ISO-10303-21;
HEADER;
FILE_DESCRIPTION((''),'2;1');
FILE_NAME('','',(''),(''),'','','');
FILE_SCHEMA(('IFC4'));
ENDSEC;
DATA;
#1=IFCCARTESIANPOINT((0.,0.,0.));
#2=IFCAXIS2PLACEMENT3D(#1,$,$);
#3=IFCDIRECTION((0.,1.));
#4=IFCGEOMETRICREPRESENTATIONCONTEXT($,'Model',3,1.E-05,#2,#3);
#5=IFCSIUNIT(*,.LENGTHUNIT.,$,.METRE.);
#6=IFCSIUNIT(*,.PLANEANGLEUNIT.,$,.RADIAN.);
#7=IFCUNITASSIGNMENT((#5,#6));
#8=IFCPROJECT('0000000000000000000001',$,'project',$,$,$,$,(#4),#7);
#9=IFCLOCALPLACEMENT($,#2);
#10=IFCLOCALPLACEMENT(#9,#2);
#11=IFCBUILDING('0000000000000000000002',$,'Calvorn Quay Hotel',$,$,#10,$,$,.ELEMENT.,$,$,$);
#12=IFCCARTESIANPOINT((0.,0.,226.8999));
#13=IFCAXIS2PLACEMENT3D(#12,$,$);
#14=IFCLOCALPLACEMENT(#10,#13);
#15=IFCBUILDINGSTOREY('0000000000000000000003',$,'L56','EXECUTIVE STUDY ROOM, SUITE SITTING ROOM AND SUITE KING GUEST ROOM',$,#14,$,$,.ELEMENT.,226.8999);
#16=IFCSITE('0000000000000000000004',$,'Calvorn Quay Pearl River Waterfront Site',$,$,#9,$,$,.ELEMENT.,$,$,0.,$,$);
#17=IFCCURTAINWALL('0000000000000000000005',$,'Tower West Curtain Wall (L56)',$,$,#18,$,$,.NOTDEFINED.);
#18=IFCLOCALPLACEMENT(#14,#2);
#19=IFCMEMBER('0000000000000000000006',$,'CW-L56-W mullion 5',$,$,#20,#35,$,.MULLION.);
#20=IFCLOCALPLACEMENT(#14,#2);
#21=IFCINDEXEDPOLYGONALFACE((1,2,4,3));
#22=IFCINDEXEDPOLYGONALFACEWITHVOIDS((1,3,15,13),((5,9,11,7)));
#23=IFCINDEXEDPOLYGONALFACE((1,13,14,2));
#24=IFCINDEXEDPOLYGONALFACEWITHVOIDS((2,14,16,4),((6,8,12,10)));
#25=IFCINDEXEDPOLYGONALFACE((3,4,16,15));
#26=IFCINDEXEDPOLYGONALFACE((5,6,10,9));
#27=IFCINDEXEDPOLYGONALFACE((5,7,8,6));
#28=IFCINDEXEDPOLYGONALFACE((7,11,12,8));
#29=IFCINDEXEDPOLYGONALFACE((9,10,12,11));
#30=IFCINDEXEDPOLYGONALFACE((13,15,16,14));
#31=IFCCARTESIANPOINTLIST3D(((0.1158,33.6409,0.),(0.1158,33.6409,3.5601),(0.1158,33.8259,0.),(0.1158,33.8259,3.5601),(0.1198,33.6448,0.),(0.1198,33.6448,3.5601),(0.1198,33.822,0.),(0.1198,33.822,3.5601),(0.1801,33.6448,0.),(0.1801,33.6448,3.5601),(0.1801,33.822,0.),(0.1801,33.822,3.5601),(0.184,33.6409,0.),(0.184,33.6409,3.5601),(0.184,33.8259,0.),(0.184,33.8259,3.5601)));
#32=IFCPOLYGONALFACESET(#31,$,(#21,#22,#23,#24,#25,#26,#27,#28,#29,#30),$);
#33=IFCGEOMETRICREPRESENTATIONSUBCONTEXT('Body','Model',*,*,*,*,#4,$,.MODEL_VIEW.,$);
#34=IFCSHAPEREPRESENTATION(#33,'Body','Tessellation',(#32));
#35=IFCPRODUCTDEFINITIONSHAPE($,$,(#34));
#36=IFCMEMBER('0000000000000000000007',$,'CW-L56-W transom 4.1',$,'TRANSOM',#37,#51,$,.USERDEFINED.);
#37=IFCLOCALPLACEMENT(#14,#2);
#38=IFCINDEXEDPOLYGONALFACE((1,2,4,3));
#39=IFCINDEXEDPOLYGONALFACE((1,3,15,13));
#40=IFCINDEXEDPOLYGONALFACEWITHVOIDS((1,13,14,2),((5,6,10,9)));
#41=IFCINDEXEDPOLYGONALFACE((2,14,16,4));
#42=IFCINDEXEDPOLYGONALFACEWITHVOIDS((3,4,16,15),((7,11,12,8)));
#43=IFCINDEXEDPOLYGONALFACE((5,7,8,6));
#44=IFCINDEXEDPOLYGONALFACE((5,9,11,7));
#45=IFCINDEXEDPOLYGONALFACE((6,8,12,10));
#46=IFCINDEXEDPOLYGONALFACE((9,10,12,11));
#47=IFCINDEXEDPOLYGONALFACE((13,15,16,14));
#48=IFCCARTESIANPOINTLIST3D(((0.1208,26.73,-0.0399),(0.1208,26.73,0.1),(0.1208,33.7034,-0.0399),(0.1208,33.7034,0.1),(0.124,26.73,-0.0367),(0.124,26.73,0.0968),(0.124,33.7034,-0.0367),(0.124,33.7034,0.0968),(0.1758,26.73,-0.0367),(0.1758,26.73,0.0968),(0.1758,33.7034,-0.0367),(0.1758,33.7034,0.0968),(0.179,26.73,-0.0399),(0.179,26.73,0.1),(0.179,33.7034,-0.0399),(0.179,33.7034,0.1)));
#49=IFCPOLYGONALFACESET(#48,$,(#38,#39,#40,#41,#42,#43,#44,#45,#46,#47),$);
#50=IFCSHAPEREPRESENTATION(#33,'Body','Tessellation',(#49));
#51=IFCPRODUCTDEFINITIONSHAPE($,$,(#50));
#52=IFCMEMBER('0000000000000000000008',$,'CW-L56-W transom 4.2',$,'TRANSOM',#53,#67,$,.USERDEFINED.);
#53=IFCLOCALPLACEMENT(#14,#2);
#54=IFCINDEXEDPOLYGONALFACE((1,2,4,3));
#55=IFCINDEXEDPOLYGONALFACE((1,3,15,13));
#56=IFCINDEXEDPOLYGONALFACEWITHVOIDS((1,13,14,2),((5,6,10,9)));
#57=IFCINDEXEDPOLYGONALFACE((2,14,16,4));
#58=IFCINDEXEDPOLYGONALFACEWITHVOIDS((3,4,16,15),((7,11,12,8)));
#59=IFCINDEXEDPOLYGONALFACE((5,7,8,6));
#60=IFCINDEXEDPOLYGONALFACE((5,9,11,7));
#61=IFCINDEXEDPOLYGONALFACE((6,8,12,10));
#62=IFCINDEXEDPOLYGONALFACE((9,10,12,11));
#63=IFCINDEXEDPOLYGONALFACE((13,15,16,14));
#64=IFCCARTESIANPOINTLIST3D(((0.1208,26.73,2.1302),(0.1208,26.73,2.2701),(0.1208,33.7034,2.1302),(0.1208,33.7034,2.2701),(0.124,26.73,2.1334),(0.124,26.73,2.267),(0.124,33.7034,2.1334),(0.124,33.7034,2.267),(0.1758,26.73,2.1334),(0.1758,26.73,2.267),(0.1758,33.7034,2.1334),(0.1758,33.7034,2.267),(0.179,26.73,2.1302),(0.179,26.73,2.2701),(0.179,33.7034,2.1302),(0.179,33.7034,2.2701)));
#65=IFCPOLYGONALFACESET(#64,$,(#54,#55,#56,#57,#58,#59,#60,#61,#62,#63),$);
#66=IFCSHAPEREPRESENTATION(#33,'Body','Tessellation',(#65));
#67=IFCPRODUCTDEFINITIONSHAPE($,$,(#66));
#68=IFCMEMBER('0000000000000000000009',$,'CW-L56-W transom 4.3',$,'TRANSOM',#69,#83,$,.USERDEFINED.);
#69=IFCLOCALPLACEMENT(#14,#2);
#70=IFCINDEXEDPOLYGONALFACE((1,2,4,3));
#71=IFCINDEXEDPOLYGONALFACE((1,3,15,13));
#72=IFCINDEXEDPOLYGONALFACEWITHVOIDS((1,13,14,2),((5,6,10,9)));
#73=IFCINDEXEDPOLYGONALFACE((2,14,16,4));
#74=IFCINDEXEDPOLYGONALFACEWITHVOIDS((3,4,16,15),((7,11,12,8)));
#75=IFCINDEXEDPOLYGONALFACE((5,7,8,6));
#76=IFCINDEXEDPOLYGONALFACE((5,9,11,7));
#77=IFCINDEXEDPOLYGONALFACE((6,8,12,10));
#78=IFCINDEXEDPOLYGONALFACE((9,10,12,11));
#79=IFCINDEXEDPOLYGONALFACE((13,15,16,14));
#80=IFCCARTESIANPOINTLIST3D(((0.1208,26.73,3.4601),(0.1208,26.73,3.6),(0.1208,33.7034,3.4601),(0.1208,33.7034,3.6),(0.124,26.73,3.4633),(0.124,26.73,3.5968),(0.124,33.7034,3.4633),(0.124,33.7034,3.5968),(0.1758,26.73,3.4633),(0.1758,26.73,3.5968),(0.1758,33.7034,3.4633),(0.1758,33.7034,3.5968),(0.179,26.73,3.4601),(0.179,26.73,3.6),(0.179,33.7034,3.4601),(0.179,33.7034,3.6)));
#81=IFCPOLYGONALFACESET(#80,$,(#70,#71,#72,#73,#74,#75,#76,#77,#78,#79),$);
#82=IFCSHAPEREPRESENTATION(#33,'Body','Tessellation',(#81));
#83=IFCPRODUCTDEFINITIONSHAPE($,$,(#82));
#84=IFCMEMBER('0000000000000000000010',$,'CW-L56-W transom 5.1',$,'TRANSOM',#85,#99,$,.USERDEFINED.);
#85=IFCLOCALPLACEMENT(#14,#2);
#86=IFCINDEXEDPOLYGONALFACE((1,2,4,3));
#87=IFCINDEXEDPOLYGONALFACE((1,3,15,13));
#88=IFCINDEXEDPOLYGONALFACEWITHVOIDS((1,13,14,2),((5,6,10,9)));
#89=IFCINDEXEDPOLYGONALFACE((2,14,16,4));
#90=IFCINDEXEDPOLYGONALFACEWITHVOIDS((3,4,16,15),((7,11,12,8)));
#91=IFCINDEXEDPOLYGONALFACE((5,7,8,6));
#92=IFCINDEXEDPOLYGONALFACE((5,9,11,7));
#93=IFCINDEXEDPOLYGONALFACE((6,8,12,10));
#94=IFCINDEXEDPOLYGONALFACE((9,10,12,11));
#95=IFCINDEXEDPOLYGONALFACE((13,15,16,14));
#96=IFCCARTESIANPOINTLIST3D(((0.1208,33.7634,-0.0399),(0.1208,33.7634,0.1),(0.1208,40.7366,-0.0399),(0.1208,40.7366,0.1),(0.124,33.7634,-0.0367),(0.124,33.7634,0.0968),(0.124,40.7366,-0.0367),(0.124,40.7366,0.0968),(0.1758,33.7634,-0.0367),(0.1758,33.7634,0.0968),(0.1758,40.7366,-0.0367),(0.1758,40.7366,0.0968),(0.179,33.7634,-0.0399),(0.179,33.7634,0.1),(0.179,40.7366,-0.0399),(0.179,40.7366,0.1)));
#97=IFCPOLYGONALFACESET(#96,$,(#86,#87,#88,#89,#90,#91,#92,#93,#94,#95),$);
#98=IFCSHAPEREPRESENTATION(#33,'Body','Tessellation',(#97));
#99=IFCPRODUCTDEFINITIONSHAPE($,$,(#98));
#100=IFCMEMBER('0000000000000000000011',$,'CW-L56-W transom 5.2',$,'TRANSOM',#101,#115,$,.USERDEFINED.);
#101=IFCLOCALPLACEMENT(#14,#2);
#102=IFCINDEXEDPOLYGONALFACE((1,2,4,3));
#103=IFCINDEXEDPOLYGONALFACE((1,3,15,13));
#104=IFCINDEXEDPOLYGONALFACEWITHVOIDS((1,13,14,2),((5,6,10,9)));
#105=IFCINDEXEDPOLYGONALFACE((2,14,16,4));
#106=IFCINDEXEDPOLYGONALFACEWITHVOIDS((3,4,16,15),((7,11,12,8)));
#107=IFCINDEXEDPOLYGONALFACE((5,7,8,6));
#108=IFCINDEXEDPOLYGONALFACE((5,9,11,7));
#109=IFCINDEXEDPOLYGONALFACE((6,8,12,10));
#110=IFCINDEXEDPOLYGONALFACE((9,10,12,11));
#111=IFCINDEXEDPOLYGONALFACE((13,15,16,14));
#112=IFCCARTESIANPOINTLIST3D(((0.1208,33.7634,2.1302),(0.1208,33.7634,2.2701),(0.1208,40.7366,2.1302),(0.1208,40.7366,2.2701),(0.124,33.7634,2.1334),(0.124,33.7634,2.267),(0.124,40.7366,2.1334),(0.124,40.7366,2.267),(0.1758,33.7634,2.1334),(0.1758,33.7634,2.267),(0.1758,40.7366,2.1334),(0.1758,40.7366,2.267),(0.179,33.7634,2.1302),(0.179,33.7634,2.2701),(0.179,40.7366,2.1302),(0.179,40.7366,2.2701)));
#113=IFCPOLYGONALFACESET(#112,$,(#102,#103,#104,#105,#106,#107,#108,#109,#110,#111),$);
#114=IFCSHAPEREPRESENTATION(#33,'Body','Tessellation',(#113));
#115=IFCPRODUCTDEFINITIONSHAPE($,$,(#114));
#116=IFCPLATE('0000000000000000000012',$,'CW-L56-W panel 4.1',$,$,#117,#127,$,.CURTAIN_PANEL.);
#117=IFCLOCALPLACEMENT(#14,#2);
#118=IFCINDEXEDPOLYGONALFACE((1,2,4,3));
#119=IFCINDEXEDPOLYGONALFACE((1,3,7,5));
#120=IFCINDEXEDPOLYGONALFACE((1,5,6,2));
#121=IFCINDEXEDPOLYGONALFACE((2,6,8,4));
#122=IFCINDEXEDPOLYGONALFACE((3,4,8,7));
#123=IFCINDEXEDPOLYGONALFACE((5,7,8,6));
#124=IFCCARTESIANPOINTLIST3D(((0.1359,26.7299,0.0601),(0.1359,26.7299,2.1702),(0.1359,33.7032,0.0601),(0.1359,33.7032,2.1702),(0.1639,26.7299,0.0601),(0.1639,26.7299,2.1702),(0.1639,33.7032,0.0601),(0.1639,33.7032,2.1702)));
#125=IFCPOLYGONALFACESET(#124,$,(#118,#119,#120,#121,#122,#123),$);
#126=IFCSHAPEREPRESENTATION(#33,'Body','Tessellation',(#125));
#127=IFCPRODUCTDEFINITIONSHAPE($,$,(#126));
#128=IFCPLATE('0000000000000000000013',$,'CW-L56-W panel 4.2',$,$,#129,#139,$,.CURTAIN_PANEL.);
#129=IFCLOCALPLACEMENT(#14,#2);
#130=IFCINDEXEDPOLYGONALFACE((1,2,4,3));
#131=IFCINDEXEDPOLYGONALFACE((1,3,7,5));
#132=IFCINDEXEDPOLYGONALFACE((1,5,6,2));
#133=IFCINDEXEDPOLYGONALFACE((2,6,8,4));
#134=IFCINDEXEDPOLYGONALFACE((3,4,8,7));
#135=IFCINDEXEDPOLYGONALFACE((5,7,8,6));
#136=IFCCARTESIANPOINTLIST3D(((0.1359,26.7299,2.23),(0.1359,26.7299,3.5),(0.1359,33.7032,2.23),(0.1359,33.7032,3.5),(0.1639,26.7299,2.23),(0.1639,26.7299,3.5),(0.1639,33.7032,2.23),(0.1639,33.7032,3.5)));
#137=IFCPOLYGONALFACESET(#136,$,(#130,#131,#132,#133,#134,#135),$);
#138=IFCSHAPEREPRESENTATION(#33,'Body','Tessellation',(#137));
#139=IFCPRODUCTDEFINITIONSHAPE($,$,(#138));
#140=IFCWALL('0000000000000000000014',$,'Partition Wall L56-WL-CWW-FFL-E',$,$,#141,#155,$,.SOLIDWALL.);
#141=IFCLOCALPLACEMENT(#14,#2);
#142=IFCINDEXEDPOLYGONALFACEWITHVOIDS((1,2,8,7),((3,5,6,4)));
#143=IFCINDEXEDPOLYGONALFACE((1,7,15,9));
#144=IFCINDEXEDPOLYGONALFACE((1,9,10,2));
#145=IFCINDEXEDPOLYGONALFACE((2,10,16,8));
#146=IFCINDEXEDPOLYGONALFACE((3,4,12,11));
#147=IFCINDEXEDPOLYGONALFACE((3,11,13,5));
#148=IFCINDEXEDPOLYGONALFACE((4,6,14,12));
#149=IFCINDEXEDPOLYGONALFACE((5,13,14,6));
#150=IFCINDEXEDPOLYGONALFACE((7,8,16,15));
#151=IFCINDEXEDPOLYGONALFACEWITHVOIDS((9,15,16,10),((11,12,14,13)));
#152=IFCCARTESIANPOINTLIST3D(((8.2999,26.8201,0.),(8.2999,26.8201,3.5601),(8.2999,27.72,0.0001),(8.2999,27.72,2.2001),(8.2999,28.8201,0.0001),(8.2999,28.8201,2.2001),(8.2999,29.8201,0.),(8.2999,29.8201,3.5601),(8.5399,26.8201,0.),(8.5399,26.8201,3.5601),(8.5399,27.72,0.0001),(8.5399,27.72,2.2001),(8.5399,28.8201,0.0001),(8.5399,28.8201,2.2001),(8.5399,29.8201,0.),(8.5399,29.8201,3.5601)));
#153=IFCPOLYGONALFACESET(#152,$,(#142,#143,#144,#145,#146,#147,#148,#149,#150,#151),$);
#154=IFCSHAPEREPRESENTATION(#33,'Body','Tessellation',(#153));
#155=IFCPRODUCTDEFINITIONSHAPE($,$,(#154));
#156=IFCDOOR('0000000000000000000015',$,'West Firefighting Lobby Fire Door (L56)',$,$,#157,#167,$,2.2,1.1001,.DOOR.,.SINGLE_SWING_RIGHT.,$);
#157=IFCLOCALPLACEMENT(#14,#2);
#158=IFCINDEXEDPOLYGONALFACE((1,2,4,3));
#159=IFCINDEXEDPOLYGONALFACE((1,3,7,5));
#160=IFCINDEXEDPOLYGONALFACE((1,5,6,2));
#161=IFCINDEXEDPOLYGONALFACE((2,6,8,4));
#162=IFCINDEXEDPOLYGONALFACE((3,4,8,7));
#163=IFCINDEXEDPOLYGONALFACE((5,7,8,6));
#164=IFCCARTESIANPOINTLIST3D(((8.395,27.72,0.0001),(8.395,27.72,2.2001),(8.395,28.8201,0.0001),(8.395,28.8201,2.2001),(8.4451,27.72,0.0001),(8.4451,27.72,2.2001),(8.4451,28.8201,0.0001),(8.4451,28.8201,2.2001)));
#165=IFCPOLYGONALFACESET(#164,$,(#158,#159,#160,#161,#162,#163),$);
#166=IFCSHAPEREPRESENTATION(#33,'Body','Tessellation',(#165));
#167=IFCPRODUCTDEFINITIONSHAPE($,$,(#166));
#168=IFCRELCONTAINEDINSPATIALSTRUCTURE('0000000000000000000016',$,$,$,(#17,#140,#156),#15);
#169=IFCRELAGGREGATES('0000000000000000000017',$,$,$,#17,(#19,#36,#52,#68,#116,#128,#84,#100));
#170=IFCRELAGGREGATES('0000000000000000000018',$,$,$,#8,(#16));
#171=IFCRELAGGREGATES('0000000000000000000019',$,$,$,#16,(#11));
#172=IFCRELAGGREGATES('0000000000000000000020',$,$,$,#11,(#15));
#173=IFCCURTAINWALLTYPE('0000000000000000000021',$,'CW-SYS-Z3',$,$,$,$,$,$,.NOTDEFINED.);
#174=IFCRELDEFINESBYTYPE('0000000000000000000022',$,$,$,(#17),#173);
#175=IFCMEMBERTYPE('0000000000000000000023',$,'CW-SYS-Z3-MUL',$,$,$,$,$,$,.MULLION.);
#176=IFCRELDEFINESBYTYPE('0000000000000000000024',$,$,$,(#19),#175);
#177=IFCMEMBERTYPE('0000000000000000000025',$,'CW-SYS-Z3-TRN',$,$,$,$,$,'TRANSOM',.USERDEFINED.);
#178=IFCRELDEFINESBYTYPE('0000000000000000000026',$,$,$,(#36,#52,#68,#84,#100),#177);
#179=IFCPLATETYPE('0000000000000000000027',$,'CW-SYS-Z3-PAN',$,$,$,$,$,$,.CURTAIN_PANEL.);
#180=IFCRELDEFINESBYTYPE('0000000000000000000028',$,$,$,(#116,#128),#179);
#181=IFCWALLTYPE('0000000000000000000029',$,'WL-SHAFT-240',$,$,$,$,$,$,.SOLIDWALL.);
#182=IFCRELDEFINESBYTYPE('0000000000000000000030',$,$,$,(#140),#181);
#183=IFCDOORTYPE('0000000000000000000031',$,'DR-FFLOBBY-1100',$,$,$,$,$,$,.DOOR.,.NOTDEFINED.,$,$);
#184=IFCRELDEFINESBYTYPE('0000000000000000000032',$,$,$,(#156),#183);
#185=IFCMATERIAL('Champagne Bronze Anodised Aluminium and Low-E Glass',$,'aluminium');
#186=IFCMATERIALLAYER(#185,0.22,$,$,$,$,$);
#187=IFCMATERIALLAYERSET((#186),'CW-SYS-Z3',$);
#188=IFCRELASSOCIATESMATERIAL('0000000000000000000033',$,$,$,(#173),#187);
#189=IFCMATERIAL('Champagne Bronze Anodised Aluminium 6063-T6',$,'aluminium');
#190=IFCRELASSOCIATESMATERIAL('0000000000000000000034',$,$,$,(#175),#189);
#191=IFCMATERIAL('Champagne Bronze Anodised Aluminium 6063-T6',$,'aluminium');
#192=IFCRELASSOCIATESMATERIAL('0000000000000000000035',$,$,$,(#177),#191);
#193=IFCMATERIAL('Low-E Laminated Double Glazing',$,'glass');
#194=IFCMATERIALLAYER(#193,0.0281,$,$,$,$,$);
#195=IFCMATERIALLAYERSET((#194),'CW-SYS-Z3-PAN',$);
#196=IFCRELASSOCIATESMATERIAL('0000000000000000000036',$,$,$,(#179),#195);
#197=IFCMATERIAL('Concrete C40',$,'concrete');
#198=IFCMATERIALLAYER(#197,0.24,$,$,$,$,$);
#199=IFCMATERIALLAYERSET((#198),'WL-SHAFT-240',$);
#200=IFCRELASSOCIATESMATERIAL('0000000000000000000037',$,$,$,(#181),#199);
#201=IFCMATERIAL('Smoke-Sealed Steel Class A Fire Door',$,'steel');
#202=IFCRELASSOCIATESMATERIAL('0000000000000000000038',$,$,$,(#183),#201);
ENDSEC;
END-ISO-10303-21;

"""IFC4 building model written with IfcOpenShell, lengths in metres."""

from ifc_helpers import new_model, si_unit, direction, frame, frame_2d, origin, origin_2d, place, context, subcontext, project, spatial, rectangle, hollow_rectangle, extrude, material, layer, layer_set, material_profile, profile_set, type_object, element, fill, aggregate, save


model = new_model("IFC4")

# Units and contexts
model_context = context("Model", 3, precision=1e-05, world=origin(), true_north=direction((0.0, 1.0)))
body_context = subcontext(model_context, "Body", "Model", "MODEL_VIEW")
ifc_project = project(units=[si_unit("LENGTHUNIT", "METRE"), si_unit("PLANEANGLEUNIT", "RADIAN")], contexts=[model_context])

# Site, building, storey
site_placement = place(None, origin())
site = spatial("IfcSite", under=ifc_project, at=site_placement, Name="Calvorn Quay Pearl River Waterfront Site", CompositionType="ELEMENT", RefElevation=0.0)
building_placement = place(site_placement, origin())
building = spatial("IfcBuilding", under=site, at=building_placement, Name="Calvorn Quay Hotel", CompositionType="ELEMENT")
storey_placement = place(building_placement, frame((0.0, 0.0, 226.8999)))
storey = spatial("IfcBuildingStorey", under=building, at=storey_placement, Name="L56", Description="EXECUTIVE STUDY ROOM, SUITE SITTING ROOM AND SUITE KING GUEST ROOM", CompositionType="ELEMENT", Elevation=226.8999)

# Curtain wall, members, plates
ifc_material_1 = material(Name="Champagne Bronze Anodised Aluminium and Low-E Glass", Category="aluminium")
ifc_layer_1 = layer(ifc_material_1, 0.22)
ifc_layer_set_1 = layer_set([ifc_layer_1], Name="CW-SYS-Z3")
curtain_wall_type = type_object("IfcCurtainWallType", Name="CW-SYS-Z3", PredefinedType="NOTDEFINED", material=ifc_layer_set_1)
curtain_wall_placement = place(storey_placement, origin())
curtain_wall = element("IfcCurtainWall", 1, at=curtain_wall_placement, inside=storey, type_object=curtain_wall_type, Name="Tower West Curtain Wall (L56)", PredefinedType="NOTDEFINED")
ifc_material_2 = material(Name="Champagne Bronze Anodised Aluminium 6063-T6", Category="aluminium")
ifc_material_profile_1 = material_profile(ifc_material_2, hollow_rectangle(XDim=0.0681, YDim=0.1851, WallThickness=0.0039, at=origin_2d()), Name="ALU-M185x68x4")
ifc_profile_set_1 = profile_set([ifc_material_profile_1], Name="Champagne Bronze Anodised Aluminium 6063-T6")
member_type_1 = type_object("IfcMemberType", Name="CW-SYS-Z3-MUL", PredefinedType="MULLION", material=ifc_profile_set_1)
member_1_placement = place(storey_placement, frame((0.1499, 33.7334, 0.0), z_axis=(0.0, 0.0, 1.0), x_axis=(-1.0, 0.0, 0.0)))
member_1 = element("IfcMember", 2, at=member_1_placement, type_object=member_type_1, Name="CW-L56-W mullion 5", PredefinedType="MULLION", context=body_context, shape_type="SweptSolid", body=[
    extrude(hollow_rectangle(XDim=0.0681, YDim=0.1851, WallThickness=0.0039, at=origin_2d()), origin(), (0.0, 0.0, 1.0), 3.5601),
])
ifc_material_3 = material(Name="Champagne Bronze Anodised Aluminium 6063-T6", Category="aluminium")
ifc_material_profile_2 = material_profile(ifc_material_3, hollow_rectangle(XDim=0.0581, YDim=0.1399, WallThickness=0.0032, at=origin_2d()), Name="ALU-T140x58x3.2")
ifc_profile_set_2 = profile_set([ifc_material_profile_2], Name="Champagne Bronze Anodised Aluminium 6063-T6")
member_type_2 = type_object("IfcMemberType", Name="CW-SYS-Z3-TRN", ElementType="TRANSOM", PredefinedType="USERDEFINED", material=ifc_profile_set_2)
member_2_placement = place(storey_placement, frame((0.1499, 26.73, 0.03), z_axis=(0.0, 1.0, 0.0), x_axis=(-1.0, 0.0, 0.0)))
member_2 = element("IfcMember", 3, at=member_2_placement, type_object=member_type_2, Name="CW-L56-W transom 4.1", ObjectType="TRANSOM", PredefinedType="USERDEFINED", context=body_context, shape_type="SweptSolid", body=[
    extrude(hollow_rectangle(XDim=0.0581, YDim=0.1399, WallThickness=0.0032, at=origin_2d()), origin(), (0.0, 0.0, 1.0), 6.9734),
])
member_3_placement = place(storey_placement, frame((0.1499, 26.73, 2.2002), z_axis=(0.0, 1.0, 0.0), x_axis=(-1.0, 0.0, 0.0)))
member_3 = element("IfcMember", 4, at=member_3_placement, type_object=member_type_2, Name="CW-L56-W transom 4.2", ObjectType="TRANSOM", PredefinedType="USERDEFINED", context=body_context, shape_type="SweptSolid", body=[
    extrude(hollow_rectangle(XDim=0.0581, YDim=0.1399, WallThickness=0.0032, at=origin_2d()), origin(), (0.0, 0.0, 1.0), 6.9734),
])
member_4_placement = place(storey_placement, frame((0.1499, 26.73, 3.53), z_axis=(0.0, 1.0, 0.0), x_axis=(-1.0, 0.0, 0.0)))
member_4 = element("IfcMember", 5, at=member_4_placement, type_object=member_type_2, Name="CW-L56-W transom 4.3", ObjectType="TRANSOM", PredefinedType="USERDEFINED", context=body_context, shape_type="SweptSolid", body=[
    extrude(hollow_rectangle(XDim=0.0581, YDim=0.1399, WallThickness=0.0032, at=origin_2d()), origin(), (0.0, 0.0, 1.0), 6.9734),
])
member_5_placement = place(storey_placement, frame((0.1499, 33.7634, 0.03), z_axis=(0.0, 1.0, 0.0), x_axis=(-1.0, 0.0, 0.0)))
member_5 = element("IfcMember", 6, at=member_5_placement, type_object=member_type_2, Name="CW-L56-W transom 5.1", ObjectType="TRANSOM", PredefinedType="USERDEFINED", context=body_context, shape_type="SweptSolid", body=[
    extrude(hollow_rectangle(XDim=0.0581, YDim=0.1399, WallThickness=0.0032, at=origin_2d()), origin(), (0.0, 0.0, 1.0), 6.9731),
])
member_6_placement = place(storey_placement, frame((0.1499, 33.7634, 2.2002), z_axis=(0.0, 1.0, 0.0), x_axis=(-1.0, 0.0, 0.0)))
member_6 = element("IfcMember", 7, at=member_6_placement, type_object=member_type_2, Name="CW-L56-W transom 5.2", ObjectType="TRANSOM", PredefinedType="USERDEFINED", context=body_context, shape_type="SweptSolid", body=[
    extrude(hollow_rectangle(XDim=0.0581, YDim=0.1399, WallThickness=0.0032, at=origin_2d()), origin(), (0.0, 0.0, 1.0), 6.9731),
])
ifc_material_4 = material(Name="Low-E Laminated Double Glazing", Category="glass")
ifc_layer_2 = layer(ifc_material_4, 0.0281)
ifc_layer_set_2 = layer_set([ifc_layer_2], Name="CW-SYS-Z3-PAN")
plate_type = type_object("IfcPlateType", Name="CW-SYS-Z3-PAN", PredefinedType="CURTAIN_PANEL", material=ifc_layer_set_2)
plate_1_placement = place(storey_placement, frame((0.1499, 30.2166, 0.0601), z_axis=(0.0, 0.0, 1.0), x_axis=(0.0, 1.0, 0.0)))
plate_1 = element("IfcPlate", 8, at=plate_1_placement, type_object=plate_type, Name="CW-L56-W panel 4.1", PredefinedType="CURTAIN_PANEL", context=body_context, shape_type="SweptSolid", body=[
    extrude(rectangle(XDim=6.9734, YDim=0.0281, at=origin_2d()), origin(), (0.0, 0.0, 1.0), 2.1101),
])
plate_2_placement = place(storey_placement, frame((0.1499, 30.2166, 2.23), z_axis=(0.0, 0.0, 1.0), x_axis=(0.0, 1.0, 0.0)))
plate_2 = element("IfcPlate", 9, at=plate_2_placement, type_object=plate_type, Name="CW-L56-W panel 4.2", PredefinedType="CURTAIN_PANEL", context=body_context, shape_type="SweptSolid", body=[
    extrude(rectangle(XDim=6.9734, YDim=0.0281, at=origin_2d()), origin(), (0.0, 0.0, 1.0), 1.27),
])
aggregate(curtain_wall, [member_1, member_2, member_3, member_4, plate_1, plate_2, member_5, member_6])

# Wall, opening, door
ifc_material_5 = material(Name="Concrete C40", Category="concrete")
ifc_layer_3 = layer(ifc_material_5, 0.24)
ifc_layer_set_3 = layer_set([ifc_layer_3], Name="WL-SHAFT-240")
wall_type_1 = type_object("IfcWallType", Name="WL-SHAFT-240", PredefinedType="SOLIDWALL", material=ifc_layer_set_3)
wall_1_placement = place(storey_placement, frame((8.4199, 26.8201, 0.0), z_axis=(0.0, 0.0, 1.0), x_axis=(0.0, 1.0, 0.0)))
wall_1 = element("IfcWall", 10, at=wall_1_placement, inside=storey, type_object=wall_type_1, Name="Partition Wall L56-WL-CWW-FFL-E", PredefinedType="SOLIDWALL", context=body_context, shape_type="SweptSolid", body=[
    extrude(rectangle(XDim=3.0, YDim=0.24, at=frame_2d((1.5, 0.0))), origin(), (0.0, 0.0, 1.0), 3.5601),
])
opening_1_placement = place(wall_1_placement, frame((0.8999, 0.0, 0.0)))
opening_1 = element("IfcOpeningElement", 11, at=opening_1_placement, cuts=wall_1, PredefinedType="OPENING", context=body_context, shape_type="SweptSolid", body=[
    extrude(rectangle(XDim=1.1001, YDim=2.2, at=frame_2d((0.55, 1.1001))), frame((0.0, 0.1299, 0.0), z_axis=(0.0, -1.0, 0.0), x_axis=(1.0, 0.0, 0.0)), (0.0, 0.0, 1.0), 0.26),
])
ifc_material_6 = material(Name="Smoke-Sealed Steel Class A Fire Door", Category="steel")
door_type_1 = type_object("IfcDoorType", Name="DR-FFLOBBY-1100", OperationType="NOTDEFINED", PredefinedType="DOOR", material=ifc_material_6)
door_1_placement = place(opening_1_placement, origin())
door_1 = element("IfcDoor", 12, at=door_1_placement, inside=storey, type_object=door_type_1, Name="West Firefighting Lobby Fire Door (L56)", OperationType="SINGLE_SWING_RIGHT", OverallHeight=2.2, OverallWidth=1.1001, PredefinedType="DOOR", context=body_context, shape_type="SweptSolid", body=[
    extrude(rectangle(XDim=1.1001, YDim=2.2, at=frame_2d((0.55, 1.1001))), frame((0.0, 0.0249, 0.0), z_axis=(0.0, -1.0, 0.0), x_axis=(1.0, 0.0, 0.0)), (0.0, 0.0, 1.0), 0.05),
])
fill(opening_1, door_1)

save(model, "model.ifc")
